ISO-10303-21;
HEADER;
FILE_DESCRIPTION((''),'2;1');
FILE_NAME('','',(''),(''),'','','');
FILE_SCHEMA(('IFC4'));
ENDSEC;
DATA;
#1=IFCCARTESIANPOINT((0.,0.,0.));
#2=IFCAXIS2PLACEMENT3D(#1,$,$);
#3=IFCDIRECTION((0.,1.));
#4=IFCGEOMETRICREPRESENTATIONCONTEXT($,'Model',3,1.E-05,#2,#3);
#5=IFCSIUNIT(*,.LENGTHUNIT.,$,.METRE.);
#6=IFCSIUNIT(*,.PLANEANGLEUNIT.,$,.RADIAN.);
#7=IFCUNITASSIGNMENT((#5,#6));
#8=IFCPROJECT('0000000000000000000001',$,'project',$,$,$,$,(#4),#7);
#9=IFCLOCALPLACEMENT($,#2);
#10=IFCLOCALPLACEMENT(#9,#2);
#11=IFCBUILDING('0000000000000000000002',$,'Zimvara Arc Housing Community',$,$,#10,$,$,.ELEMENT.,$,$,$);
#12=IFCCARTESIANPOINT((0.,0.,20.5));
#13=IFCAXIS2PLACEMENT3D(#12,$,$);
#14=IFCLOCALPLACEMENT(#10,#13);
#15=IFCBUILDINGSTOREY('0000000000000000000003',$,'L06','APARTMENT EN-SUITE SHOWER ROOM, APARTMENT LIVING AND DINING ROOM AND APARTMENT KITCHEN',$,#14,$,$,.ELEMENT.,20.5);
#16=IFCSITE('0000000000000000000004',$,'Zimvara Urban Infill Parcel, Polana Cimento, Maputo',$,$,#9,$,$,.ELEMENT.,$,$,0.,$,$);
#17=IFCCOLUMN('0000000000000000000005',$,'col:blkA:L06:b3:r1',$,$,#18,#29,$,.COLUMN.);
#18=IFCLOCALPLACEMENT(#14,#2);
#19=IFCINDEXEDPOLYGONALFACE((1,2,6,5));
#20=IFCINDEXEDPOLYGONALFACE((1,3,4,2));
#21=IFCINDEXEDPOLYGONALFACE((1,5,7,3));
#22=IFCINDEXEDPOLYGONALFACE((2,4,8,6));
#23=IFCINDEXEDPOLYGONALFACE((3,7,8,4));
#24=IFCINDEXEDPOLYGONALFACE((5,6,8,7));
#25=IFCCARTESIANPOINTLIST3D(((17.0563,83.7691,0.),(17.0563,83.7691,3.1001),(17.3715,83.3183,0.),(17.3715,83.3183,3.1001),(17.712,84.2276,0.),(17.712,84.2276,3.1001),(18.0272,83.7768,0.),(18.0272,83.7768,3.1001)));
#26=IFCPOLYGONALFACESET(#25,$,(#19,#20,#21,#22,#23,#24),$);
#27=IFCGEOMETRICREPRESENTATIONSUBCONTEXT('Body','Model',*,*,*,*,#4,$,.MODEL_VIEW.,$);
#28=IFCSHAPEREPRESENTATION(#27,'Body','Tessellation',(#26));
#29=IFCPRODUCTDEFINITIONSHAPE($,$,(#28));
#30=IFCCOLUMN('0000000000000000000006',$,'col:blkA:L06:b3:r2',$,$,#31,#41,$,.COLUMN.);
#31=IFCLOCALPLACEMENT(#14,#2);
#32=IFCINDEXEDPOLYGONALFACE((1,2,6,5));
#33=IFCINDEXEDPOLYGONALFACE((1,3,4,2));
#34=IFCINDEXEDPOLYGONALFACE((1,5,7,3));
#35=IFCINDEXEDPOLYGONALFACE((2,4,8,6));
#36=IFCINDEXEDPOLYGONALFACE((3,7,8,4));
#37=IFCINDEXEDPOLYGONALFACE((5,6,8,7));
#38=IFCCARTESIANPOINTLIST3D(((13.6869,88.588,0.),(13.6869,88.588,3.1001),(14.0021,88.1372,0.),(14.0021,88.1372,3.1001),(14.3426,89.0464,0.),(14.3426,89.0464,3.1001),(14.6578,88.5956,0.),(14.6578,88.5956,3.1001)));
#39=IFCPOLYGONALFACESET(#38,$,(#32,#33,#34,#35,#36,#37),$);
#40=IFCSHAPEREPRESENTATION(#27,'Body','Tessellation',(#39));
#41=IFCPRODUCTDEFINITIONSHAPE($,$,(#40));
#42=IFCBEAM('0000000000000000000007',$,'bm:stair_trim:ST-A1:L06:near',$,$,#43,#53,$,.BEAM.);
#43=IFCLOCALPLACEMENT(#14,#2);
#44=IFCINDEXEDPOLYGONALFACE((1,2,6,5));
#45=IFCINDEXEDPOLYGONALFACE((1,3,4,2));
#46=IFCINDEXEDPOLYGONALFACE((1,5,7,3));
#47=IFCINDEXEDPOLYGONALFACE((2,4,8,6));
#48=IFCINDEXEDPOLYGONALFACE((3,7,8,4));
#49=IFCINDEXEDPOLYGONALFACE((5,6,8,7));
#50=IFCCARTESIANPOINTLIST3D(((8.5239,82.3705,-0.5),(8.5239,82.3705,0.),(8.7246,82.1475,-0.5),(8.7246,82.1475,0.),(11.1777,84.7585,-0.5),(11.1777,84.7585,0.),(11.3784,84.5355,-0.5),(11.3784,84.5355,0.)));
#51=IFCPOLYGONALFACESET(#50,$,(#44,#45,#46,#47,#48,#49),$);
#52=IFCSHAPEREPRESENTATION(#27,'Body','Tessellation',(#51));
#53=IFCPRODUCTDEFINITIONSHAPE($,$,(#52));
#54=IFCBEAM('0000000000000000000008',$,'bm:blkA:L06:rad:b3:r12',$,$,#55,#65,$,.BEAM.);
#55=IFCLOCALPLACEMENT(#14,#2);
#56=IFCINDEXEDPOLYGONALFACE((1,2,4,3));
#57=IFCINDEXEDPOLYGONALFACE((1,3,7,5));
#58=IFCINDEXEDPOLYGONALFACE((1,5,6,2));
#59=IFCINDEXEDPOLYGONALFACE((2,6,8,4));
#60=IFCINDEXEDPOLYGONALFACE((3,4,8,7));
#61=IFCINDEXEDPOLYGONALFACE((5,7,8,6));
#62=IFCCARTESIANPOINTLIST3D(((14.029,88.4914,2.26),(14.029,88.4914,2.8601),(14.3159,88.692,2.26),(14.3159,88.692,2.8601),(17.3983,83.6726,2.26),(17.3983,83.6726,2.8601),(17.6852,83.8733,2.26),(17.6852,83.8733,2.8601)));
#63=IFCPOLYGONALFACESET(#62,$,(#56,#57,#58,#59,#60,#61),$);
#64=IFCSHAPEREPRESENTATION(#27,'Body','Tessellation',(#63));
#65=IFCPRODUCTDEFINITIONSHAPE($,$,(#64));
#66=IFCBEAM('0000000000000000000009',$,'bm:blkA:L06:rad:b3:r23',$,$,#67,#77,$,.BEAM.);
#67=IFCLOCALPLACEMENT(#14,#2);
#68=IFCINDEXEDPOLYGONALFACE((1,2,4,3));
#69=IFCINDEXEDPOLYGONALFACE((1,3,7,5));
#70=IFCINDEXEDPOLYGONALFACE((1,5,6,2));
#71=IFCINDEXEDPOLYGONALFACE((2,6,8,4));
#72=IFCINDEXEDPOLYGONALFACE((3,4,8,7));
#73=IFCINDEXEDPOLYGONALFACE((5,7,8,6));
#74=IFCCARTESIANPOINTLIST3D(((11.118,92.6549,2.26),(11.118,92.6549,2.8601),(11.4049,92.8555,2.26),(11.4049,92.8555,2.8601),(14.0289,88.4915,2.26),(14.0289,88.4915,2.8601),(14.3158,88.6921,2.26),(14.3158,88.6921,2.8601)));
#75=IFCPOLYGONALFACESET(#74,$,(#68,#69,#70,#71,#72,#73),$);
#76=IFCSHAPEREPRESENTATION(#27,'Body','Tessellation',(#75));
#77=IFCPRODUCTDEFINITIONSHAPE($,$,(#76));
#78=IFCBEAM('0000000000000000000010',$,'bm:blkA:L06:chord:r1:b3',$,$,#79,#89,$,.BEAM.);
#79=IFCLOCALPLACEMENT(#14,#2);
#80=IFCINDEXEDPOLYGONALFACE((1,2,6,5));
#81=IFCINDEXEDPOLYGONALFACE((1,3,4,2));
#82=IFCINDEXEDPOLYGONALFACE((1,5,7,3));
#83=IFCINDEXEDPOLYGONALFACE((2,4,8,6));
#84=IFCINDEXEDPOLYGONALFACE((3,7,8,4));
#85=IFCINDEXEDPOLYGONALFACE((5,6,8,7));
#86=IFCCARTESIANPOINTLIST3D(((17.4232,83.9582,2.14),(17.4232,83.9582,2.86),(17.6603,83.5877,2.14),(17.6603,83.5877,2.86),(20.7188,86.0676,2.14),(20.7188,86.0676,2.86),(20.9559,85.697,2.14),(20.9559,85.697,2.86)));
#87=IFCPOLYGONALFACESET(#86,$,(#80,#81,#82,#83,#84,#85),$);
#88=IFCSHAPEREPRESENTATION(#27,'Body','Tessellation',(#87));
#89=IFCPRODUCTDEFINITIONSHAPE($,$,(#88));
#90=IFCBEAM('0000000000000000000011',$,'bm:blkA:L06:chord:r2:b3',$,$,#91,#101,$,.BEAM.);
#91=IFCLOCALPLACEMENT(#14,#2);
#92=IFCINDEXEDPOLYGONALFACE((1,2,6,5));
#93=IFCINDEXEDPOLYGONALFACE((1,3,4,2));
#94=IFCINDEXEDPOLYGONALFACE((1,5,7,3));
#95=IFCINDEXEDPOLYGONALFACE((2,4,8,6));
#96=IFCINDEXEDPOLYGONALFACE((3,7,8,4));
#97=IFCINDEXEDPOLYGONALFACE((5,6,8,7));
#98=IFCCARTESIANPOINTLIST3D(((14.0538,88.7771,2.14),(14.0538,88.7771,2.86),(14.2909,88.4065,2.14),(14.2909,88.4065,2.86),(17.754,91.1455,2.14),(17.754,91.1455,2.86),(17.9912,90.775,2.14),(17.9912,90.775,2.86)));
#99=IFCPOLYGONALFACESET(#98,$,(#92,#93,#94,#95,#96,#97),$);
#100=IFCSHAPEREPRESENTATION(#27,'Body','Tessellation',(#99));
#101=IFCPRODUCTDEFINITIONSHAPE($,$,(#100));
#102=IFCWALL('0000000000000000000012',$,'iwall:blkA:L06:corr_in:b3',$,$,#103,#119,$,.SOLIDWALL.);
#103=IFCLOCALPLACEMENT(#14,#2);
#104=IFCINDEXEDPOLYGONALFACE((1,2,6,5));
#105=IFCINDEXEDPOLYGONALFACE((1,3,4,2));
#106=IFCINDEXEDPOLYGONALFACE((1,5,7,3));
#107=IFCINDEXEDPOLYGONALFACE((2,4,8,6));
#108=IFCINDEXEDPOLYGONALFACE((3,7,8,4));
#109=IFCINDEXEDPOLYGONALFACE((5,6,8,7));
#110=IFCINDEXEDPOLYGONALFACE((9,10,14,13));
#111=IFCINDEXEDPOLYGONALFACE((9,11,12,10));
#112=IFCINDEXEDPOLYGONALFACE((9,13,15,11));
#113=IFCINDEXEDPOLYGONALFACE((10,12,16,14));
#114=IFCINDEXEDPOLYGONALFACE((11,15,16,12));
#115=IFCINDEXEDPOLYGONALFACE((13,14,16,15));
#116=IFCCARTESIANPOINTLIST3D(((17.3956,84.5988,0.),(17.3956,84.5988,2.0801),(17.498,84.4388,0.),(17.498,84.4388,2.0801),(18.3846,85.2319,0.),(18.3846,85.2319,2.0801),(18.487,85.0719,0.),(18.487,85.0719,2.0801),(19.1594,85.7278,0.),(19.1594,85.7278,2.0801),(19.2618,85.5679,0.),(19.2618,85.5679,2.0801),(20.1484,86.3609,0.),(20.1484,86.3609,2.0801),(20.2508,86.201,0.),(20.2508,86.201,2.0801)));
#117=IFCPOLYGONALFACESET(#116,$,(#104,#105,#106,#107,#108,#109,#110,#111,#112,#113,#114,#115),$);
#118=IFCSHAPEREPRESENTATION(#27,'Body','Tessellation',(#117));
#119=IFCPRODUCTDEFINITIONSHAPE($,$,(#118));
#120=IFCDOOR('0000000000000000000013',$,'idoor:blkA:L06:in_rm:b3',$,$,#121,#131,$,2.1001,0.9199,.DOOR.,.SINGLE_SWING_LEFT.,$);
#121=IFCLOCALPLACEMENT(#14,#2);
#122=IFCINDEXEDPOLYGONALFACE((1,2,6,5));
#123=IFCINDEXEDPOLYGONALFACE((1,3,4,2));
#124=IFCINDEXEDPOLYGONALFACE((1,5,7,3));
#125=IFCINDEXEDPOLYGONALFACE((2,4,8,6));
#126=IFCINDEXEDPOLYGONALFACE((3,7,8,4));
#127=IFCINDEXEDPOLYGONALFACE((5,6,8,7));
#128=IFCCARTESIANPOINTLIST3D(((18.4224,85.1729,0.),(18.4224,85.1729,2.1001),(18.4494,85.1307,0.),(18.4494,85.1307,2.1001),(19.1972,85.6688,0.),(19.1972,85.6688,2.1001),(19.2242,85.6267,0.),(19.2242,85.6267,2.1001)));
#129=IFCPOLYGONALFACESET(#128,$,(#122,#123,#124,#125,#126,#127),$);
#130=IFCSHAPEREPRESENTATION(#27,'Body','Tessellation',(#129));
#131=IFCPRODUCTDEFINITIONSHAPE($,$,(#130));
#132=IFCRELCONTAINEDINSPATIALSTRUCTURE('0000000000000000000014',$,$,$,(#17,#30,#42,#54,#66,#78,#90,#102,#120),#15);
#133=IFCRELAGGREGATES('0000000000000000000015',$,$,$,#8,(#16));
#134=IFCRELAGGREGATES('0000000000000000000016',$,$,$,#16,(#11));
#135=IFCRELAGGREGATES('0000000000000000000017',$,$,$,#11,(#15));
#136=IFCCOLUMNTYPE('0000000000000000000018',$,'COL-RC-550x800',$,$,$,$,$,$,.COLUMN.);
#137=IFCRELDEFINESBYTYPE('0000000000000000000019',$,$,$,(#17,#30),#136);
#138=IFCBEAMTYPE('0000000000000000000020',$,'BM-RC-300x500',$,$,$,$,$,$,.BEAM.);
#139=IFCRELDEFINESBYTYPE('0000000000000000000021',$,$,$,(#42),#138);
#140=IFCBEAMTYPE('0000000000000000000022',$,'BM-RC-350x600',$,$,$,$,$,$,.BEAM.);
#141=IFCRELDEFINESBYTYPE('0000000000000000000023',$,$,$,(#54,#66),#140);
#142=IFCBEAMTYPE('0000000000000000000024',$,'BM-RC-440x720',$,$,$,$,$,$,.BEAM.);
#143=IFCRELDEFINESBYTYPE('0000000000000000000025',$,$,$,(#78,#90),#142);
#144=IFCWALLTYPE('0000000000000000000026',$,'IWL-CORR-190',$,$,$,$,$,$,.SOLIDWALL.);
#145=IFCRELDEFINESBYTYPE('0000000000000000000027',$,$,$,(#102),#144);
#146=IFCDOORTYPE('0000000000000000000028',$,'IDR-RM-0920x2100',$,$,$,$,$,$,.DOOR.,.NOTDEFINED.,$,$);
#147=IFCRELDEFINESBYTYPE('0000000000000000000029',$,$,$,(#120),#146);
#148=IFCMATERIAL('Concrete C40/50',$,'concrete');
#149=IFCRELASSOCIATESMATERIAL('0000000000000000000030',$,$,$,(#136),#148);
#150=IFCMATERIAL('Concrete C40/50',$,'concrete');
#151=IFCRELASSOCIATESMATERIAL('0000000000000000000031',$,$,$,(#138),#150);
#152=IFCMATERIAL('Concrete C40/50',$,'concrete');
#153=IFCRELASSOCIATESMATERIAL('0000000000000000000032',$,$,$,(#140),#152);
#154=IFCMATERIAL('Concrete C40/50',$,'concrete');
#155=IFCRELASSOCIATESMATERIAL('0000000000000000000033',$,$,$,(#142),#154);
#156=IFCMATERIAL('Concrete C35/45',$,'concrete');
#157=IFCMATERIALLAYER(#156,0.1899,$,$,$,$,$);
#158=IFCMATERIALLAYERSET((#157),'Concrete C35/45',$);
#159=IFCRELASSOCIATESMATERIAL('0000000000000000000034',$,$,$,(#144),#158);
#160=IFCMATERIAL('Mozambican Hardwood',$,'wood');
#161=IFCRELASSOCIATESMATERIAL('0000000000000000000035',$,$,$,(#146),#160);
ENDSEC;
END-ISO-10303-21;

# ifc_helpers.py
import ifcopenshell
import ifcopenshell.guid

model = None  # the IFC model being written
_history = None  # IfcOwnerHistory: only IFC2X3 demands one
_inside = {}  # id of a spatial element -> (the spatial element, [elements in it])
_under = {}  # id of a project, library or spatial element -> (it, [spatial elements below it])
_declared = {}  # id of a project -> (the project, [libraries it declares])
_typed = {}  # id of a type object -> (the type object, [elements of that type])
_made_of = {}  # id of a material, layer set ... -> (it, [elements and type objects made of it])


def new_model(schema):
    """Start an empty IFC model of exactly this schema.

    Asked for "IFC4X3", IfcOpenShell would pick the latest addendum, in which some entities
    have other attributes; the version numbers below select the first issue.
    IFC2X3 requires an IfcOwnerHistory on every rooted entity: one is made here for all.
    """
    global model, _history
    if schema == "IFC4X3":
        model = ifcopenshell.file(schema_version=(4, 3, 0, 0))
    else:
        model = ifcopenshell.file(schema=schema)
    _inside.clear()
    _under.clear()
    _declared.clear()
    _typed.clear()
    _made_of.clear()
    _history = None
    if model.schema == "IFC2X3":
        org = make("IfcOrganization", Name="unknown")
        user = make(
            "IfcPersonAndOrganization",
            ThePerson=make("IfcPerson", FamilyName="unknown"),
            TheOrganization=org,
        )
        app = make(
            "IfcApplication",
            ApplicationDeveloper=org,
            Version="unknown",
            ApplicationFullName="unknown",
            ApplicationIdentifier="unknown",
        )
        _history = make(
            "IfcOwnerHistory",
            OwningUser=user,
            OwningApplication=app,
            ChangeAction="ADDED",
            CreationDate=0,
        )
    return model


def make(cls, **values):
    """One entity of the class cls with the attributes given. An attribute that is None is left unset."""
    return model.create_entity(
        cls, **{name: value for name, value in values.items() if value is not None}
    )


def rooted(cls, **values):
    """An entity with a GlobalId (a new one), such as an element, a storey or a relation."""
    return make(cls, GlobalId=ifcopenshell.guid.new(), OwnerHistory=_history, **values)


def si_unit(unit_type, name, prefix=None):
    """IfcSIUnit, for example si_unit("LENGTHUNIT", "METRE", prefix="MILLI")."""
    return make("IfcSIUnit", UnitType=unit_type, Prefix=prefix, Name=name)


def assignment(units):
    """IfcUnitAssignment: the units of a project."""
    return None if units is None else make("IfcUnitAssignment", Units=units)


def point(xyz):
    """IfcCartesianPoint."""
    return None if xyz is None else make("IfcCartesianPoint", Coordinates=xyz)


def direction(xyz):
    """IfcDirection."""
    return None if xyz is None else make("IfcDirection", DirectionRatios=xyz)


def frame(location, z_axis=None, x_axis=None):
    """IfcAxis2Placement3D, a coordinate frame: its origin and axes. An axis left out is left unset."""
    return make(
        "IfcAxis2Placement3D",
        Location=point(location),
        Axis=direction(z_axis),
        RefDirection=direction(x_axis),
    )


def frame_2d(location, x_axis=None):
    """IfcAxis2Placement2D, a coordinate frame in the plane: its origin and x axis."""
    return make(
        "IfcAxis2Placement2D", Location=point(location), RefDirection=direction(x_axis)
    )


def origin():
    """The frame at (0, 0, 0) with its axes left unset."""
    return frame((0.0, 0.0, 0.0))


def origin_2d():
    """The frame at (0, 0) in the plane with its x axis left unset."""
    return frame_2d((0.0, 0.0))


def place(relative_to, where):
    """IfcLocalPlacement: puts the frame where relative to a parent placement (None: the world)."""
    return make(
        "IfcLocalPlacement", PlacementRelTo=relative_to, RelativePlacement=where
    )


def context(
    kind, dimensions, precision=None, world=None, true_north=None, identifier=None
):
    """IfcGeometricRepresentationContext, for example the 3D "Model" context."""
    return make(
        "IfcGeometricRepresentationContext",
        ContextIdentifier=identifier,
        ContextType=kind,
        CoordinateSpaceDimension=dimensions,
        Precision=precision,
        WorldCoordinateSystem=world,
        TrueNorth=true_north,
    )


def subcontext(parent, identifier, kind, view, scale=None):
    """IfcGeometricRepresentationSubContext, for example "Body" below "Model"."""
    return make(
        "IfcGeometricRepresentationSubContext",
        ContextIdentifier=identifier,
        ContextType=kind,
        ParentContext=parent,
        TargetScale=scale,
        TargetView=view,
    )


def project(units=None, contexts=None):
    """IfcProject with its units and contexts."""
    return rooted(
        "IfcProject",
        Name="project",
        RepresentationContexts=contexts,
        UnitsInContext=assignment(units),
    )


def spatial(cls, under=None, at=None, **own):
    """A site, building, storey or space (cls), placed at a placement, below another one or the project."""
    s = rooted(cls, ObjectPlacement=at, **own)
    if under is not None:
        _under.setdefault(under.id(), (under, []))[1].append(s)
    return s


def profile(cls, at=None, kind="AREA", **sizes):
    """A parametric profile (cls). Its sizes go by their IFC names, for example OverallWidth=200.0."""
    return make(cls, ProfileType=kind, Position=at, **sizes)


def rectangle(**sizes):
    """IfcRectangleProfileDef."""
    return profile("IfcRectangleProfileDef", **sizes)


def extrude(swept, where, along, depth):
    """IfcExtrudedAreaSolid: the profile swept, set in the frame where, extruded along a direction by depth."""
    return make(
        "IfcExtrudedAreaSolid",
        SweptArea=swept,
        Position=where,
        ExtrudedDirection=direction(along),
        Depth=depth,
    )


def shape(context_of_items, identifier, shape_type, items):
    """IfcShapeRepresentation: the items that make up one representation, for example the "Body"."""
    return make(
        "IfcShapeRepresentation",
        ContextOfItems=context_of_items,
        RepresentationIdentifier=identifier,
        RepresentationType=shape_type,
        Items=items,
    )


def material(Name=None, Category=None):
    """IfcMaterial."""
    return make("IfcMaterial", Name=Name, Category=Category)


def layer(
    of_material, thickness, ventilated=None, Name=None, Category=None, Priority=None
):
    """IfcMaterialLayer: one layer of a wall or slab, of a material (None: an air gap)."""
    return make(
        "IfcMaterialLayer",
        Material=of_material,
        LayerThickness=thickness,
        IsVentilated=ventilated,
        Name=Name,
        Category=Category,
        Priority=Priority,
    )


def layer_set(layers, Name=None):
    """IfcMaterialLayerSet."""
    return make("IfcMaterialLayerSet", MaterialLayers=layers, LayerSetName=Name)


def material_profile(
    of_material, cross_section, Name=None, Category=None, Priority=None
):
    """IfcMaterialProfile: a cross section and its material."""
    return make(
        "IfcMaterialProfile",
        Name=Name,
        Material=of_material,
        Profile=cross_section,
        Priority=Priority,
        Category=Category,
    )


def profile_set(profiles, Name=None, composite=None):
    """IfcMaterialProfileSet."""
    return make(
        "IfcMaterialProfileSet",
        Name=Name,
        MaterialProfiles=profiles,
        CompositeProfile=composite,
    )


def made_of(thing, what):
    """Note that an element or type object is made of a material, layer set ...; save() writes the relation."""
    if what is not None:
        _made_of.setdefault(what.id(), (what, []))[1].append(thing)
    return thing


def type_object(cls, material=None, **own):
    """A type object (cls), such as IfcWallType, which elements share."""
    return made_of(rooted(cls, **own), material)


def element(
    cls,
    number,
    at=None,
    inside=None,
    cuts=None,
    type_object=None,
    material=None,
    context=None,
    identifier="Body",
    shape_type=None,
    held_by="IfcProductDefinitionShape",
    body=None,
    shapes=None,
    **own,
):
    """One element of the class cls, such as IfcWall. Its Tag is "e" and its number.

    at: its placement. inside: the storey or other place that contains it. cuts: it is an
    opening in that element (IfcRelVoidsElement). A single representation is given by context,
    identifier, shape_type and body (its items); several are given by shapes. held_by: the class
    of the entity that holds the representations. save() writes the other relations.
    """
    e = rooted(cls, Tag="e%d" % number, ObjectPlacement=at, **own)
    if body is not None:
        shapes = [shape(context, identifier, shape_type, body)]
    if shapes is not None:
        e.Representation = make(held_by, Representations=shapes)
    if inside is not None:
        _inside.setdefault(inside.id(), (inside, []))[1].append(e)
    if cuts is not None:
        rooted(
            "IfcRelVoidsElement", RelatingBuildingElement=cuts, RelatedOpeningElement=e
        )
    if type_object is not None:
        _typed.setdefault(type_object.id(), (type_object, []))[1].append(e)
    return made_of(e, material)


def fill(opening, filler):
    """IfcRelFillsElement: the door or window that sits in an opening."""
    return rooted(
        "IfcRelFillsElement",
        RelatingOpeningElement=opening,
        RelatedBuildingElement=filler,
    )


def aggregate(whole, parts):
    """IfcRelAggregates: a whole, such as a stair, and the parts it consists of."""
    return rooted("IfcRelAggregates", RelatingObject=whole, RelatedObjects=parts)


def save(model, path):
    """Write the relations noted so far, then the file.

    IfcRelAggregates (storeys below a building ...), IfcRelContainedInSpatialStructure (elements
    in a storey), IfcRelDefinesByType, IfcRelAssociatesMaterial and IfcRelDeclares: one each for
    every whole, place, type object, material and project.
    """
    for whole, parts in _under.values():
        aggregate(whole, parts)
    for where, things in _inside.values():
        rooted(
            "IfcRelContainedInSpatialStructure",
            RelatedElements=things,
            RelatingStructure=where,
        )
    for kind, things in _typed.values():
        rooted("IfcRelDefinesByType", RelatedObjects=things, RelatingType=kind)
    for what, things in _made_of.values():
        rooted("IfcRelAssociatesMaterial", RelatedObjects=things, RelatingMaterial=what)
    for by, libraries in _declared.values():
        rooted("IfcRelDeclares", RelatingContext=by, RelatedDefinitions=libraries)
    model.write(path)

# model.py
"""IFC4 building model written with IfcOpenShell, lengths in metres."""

from ifc_helpers import new_model, si_unit, direction, frame, frame_2d, origin, origin_2d, place, context, subcontext, project, spatial, rectangle, extrude, material, layer, layer_set, material_profile, profile_set, type_object, element, fill, save


model = new_model("IFC4")

# Units and contexts
model_context = context("Model", 3, precision=1e-05, world=origin(), true_north=direction((0.0, 1.0)))
body_context = subcontext(model_context, "Body", "Model", "MODEL_VIEW")
ifc_project = project(units=[si_unit("LENGTHUNIT", "METRE"), si_unit("PLANEANGLEUNIT", "RADIAN")], contexts=[model_context])

# Site, building, storey
site_placement = place(None, origin())
site = spatial("IfcSite", under=ifc_project, at=site_placement, Name="Zimvara Urban Infill Parcel, Polana Cimento, Maputo", CompositionType="ELEMENT", RefElevation=0.0)
building_placement = place(site_placement, origin())
building = spatial("IfcBuilding", under=site, at=building_placement, Name="Zimvara Arc Housing Community", CompositionType="ELEMENT")
storey_placement = place(building_placement, frame((0.0, 0.0, 20.5)))
storey = spatial("IfcBuildingStorey", under=building, at=storey_placement, Name="L06", Description="APARTMENT EN-SUITE SHOWER ROOM, APARTMENT LIVING AND DINING ROOM AND APARTMENT KITCHEN", CompositionType="ELEMENT", Elevation=20.5)

# Columns
ifc_material_1 = material(Name="Concrete C40/50", Category="concrete")
ifc_material_profile_1 = material_profile(ifc_material_1, rectangle(XDim=0.55, YDim=0.8, at=origin_2d()), Name="RC 550x800")
ifc_profile_set_1 = profile_set([ifc_material_profile_1], Name="Concrete C40/50")
column_type = type_object("IfcColumnType", Name="COL-RC-550x800", PredefinedType="COLUMN", material=ifc_profile_set_1)
for number, where, z_axis, x_axis, name in (
    (1, (17.5417, 83.7729, 0.0), (0.0, 0.0, 1.0), (-0.573004, 0.819552, 0.0), "col:blkA:L06:b3:r1"),
    (2, (14.1724, 88.5918, 0.0), (0.0, 0.0, 1.0), (-0.573004, 0.819552, 0.0), "col:blkA:L06:b3:r2"),
):
    element("IfcColumn", number, at=place(storey_placement, frame(where, z_axis=z_axis, x_axis=x_axis)), inside=storey, type_object=column_type, Name=name, PredefinedType="COLUMN", context=body_context, shape_type="SweptSolid", body=[
        extrude(rectangle(XDim=0.55, YDim=0.8, at=origin_2d()), origin(), (0.0, 0.0, 1.0), 3.1001),
    ])

# Beams
ifc_material_2 = material(Name="Concrete C40/50", Category="concrete")
ifc_material_profile_2 = material_profile(ifc_material_2, rectangle(XDim=0.3, YDim=0.5, at=origin_2d()), Name="RC 300x500")
ifc_profile_set_2 = profile_set([ifc_material_profile_2], Name="Concrete C40/50")
beam_type_1 = type_object("IfcBeamType", Name="BM-RC-300x500", PredefinedType="BEAM", material=ifc_profile_set_2)
beam_1_placement = place(storey_placement, frame((11.2781, 84.647, -0.25), z_axis=(-0.743362, -0.668889, 0.0), x_axis=(0.668889, -0.743362, 0.0)))
element("IfcBeam", 3, at=beam_1_placement, inside=storey, type_object=beam_type_1, Name="bm:stair_trim:ST-A1:L06:near", PredefinedType="BEAM", context=body_context, shape_type="SweptSolid", body=[
    extrude(rectangle(XDim=0.3, YDim=0.5, at=origin_2d()), origin(), (0.0, 0.0, 1.0), 3.5701),
])
ifc_material_3 = material(Name="Concrete C40/50", Category="concrete")
ifc_material_profile_3 = material_profile(ifc_material_3, rectangle(XDim=0.3501, YDim=0.6001, at=origin_2d()), Name="RC 350x600")
ifc_profile_set_3 = profile_set([ifc_material_profile_3], Name="Concrete C40/50")
beam_type_2 = type_object("IfcBeamType", Name="BM-RC-350x600", PredefinedType="BEAM", material=ifc_profile_set_3)
beam_2_placement = place(storey_placement, frame((17.5417, 83.7729, 2.5601), z_axis=(-0.573028, 0.819536, 0.0), x_axis=(-0.819536, -0.573028, 0.0)))
element("IfcBeam", 4, at=beam_2_placement, inside=storey, type_object=beam_type_2, Name="bm:blkA:L06:rad:b3:r12", PredefinedType="BEAM", context=body_context, shape_type="SweptSolid", body=[
    extrude(rectangle(XDim=0.3501, YDim=0.6001, at=origin_2d()), origin(), (0.0, 0.0, 1.0), 5.8799),
])
beam_3_placement = place(storey_placement, frame((14.1724, 88.5918, 2.5601), z_axis=(-0.573007, 0.81955, 0.0), x_axis=(-0.81955, -0.573007, 0.0)))
element("IfcBeam", 5, at=beam_3_placement, inside=storey, type_object=beam_type_2, Name="bm:blkA:L06:rad:b3:r23", PredefinedType="BEAM", context=body_context, shape_type="SweptSolid", body=[
    extrude(rectangle(XDim=0.3501, YDim=0.6001, at=origin_2d()), origin(), (0.0, 0.0, 1.0), 5.0801),
])
ifc_material_4 = material(Name="Concrete C40/50", Category="concrete")
ifc_material_profile_4 = material_profile(ifc_material_4, rectangle(XDim=0.4399, YDim=0.72, at=origin_2d()), Name="RC 440x720")
ifc_profile_set_4 = profile_set([ifc_material_profile_4], Name="Concrete C40/50")
beam_type_3 = type_object("IfcBeamType", Name="BM-RC-440x720", PredefinedType="BEAM", material=ifc_profile_set_4)
beam_4_placement = place(storey_placement, frame((17.5417, 83.7729, 2.5), z_axis=(0.842253, 0.539082, 0.0), x_axis=(-0.539082, 0.842253, 0.0)))
element("IfcBeam", 6, at=beam_4_placement, inside=storey, type_object=beam_type_3, Name="bm:blkA:L06:chord:r1:b3", PredefinedType="BEAM", context=body_context, shape_type="SweptSolid", body=[
    extrude(rectangle(XDim=0.4399, YDim=0.72, at=origin_2d()), origin(), (0.0, 0.0, 1.0), 3.9128),
])
beam_5_placement = place(storey_placement, frame((14.1724, 88.5918, 2.5), z_axis=(0.842242, 0.539099, 0.0), x_axis=(-0.539099, 0.842242, 0.0)))
element("IfcBeam", 7, at=beam_5_placement, inside=storey, type_object=beam_type_3, Name="bm:blkA:L06:chord:r2:b3", PredefinedType="BEAM", context=body_context, shape_type="SweptSolid", body=[
    extrude(rectangle(XDim=0.4399, YDim=0.72, at=origin_2d()), origin(), (0.0, 0.0, 1.0), 4.3933),
])

# Wall, opening, door
ifc_material_5 = material(Name="Concrete C35/45", Category="concrete")
ifc_layer_1 = layer(ifc_material_5, 0.1899)
ifc_layer_set_1 = layer_set([ifc_layer_1], Name="Concrete C35/45")
wall_type_1 = type_object("IfcWallType", Name="IWL-CORR-190", PredefinedType="SOLIDWALL", material=ifc_layer_set_1)
wall_1_placement = place(storey_placement, frame((17.4468, 84.5188, 0.0), z_axis=(0.0, 0.0, 1.0), x_axis=(0.842225, 0.539126, 0.0)))
wall_1 = element("IfcWall", 8, at=wall_1_placement, inside=storey, type_object=wall_type_1, Name="iwall:blkA:L06:corr_in:b3", PredefinedType="SOLIDWALL", context=body_context, shape_type="SweptSolid", body=[
    extrude(rectangle(XDim=3.2686, YDim=0.1899, at=frame_2d((1.6343, 0.0))), origin(), (0.0, 0.0, 1.0), 2.0801),
])
opening_1_placement = place(wall_1_placement, frame((1.1743, 0.0, 0.0)))
opening_1 = element("IfcOpeningElement", 9, at=opening_1_placement, cuts=wall_1, PredefinedType="OPENING", context=body_context, shape_type="SweptSolid", body=[
    extrude(rectangle(XDim=0.9199, YDim=2.1001, at=frame_2d((0.46, 1.05))), frame((0.0, 0.105, 0.0), z_axis=(0.0, -1.0, 0.0), x_axis=(1.0, 0.0, 0.0)), (0.0, 0.0, 1.0), 0.21),
])
ifc_material_6 = material(Name="Mozambican Hardwood", Category="wood")
door_type_1 = type_object("IfcDoorType", Name="IDR-RM-0920x2100", OperationType="NOTDEFINED", PredefinedType="DOOR", material=ifc_material_6)
door_1_placement = place(opening_1_placement, origin())
door_1 = element("IfcDoor", 10, at=door_1_placement, inside=storey, type_object=door_type_1, Name="idoor:blkA:L06:in_rm:b3", OperationType="SINGLE_SWING_LEFT", OverallHeight=2.1001, OverallWidth=0.9199, PredefinedType="DOOR", context=body_context, shape_type="SweptSolid", body=[
    extrude(rectangle(XDim=0.9199, YDim=2.1001, at=frame_2d((0.46, 1.05))), frame((0.0, 0.0249, 0.0), z_axis=(0.0, -1.0, 0.0), x_axis=(1.0, 0.0, 0.0)), (0.0, 0.0, 1.0), 0.05),
])
fill(opening_1, door_1)

save(model, "model.ifc")
